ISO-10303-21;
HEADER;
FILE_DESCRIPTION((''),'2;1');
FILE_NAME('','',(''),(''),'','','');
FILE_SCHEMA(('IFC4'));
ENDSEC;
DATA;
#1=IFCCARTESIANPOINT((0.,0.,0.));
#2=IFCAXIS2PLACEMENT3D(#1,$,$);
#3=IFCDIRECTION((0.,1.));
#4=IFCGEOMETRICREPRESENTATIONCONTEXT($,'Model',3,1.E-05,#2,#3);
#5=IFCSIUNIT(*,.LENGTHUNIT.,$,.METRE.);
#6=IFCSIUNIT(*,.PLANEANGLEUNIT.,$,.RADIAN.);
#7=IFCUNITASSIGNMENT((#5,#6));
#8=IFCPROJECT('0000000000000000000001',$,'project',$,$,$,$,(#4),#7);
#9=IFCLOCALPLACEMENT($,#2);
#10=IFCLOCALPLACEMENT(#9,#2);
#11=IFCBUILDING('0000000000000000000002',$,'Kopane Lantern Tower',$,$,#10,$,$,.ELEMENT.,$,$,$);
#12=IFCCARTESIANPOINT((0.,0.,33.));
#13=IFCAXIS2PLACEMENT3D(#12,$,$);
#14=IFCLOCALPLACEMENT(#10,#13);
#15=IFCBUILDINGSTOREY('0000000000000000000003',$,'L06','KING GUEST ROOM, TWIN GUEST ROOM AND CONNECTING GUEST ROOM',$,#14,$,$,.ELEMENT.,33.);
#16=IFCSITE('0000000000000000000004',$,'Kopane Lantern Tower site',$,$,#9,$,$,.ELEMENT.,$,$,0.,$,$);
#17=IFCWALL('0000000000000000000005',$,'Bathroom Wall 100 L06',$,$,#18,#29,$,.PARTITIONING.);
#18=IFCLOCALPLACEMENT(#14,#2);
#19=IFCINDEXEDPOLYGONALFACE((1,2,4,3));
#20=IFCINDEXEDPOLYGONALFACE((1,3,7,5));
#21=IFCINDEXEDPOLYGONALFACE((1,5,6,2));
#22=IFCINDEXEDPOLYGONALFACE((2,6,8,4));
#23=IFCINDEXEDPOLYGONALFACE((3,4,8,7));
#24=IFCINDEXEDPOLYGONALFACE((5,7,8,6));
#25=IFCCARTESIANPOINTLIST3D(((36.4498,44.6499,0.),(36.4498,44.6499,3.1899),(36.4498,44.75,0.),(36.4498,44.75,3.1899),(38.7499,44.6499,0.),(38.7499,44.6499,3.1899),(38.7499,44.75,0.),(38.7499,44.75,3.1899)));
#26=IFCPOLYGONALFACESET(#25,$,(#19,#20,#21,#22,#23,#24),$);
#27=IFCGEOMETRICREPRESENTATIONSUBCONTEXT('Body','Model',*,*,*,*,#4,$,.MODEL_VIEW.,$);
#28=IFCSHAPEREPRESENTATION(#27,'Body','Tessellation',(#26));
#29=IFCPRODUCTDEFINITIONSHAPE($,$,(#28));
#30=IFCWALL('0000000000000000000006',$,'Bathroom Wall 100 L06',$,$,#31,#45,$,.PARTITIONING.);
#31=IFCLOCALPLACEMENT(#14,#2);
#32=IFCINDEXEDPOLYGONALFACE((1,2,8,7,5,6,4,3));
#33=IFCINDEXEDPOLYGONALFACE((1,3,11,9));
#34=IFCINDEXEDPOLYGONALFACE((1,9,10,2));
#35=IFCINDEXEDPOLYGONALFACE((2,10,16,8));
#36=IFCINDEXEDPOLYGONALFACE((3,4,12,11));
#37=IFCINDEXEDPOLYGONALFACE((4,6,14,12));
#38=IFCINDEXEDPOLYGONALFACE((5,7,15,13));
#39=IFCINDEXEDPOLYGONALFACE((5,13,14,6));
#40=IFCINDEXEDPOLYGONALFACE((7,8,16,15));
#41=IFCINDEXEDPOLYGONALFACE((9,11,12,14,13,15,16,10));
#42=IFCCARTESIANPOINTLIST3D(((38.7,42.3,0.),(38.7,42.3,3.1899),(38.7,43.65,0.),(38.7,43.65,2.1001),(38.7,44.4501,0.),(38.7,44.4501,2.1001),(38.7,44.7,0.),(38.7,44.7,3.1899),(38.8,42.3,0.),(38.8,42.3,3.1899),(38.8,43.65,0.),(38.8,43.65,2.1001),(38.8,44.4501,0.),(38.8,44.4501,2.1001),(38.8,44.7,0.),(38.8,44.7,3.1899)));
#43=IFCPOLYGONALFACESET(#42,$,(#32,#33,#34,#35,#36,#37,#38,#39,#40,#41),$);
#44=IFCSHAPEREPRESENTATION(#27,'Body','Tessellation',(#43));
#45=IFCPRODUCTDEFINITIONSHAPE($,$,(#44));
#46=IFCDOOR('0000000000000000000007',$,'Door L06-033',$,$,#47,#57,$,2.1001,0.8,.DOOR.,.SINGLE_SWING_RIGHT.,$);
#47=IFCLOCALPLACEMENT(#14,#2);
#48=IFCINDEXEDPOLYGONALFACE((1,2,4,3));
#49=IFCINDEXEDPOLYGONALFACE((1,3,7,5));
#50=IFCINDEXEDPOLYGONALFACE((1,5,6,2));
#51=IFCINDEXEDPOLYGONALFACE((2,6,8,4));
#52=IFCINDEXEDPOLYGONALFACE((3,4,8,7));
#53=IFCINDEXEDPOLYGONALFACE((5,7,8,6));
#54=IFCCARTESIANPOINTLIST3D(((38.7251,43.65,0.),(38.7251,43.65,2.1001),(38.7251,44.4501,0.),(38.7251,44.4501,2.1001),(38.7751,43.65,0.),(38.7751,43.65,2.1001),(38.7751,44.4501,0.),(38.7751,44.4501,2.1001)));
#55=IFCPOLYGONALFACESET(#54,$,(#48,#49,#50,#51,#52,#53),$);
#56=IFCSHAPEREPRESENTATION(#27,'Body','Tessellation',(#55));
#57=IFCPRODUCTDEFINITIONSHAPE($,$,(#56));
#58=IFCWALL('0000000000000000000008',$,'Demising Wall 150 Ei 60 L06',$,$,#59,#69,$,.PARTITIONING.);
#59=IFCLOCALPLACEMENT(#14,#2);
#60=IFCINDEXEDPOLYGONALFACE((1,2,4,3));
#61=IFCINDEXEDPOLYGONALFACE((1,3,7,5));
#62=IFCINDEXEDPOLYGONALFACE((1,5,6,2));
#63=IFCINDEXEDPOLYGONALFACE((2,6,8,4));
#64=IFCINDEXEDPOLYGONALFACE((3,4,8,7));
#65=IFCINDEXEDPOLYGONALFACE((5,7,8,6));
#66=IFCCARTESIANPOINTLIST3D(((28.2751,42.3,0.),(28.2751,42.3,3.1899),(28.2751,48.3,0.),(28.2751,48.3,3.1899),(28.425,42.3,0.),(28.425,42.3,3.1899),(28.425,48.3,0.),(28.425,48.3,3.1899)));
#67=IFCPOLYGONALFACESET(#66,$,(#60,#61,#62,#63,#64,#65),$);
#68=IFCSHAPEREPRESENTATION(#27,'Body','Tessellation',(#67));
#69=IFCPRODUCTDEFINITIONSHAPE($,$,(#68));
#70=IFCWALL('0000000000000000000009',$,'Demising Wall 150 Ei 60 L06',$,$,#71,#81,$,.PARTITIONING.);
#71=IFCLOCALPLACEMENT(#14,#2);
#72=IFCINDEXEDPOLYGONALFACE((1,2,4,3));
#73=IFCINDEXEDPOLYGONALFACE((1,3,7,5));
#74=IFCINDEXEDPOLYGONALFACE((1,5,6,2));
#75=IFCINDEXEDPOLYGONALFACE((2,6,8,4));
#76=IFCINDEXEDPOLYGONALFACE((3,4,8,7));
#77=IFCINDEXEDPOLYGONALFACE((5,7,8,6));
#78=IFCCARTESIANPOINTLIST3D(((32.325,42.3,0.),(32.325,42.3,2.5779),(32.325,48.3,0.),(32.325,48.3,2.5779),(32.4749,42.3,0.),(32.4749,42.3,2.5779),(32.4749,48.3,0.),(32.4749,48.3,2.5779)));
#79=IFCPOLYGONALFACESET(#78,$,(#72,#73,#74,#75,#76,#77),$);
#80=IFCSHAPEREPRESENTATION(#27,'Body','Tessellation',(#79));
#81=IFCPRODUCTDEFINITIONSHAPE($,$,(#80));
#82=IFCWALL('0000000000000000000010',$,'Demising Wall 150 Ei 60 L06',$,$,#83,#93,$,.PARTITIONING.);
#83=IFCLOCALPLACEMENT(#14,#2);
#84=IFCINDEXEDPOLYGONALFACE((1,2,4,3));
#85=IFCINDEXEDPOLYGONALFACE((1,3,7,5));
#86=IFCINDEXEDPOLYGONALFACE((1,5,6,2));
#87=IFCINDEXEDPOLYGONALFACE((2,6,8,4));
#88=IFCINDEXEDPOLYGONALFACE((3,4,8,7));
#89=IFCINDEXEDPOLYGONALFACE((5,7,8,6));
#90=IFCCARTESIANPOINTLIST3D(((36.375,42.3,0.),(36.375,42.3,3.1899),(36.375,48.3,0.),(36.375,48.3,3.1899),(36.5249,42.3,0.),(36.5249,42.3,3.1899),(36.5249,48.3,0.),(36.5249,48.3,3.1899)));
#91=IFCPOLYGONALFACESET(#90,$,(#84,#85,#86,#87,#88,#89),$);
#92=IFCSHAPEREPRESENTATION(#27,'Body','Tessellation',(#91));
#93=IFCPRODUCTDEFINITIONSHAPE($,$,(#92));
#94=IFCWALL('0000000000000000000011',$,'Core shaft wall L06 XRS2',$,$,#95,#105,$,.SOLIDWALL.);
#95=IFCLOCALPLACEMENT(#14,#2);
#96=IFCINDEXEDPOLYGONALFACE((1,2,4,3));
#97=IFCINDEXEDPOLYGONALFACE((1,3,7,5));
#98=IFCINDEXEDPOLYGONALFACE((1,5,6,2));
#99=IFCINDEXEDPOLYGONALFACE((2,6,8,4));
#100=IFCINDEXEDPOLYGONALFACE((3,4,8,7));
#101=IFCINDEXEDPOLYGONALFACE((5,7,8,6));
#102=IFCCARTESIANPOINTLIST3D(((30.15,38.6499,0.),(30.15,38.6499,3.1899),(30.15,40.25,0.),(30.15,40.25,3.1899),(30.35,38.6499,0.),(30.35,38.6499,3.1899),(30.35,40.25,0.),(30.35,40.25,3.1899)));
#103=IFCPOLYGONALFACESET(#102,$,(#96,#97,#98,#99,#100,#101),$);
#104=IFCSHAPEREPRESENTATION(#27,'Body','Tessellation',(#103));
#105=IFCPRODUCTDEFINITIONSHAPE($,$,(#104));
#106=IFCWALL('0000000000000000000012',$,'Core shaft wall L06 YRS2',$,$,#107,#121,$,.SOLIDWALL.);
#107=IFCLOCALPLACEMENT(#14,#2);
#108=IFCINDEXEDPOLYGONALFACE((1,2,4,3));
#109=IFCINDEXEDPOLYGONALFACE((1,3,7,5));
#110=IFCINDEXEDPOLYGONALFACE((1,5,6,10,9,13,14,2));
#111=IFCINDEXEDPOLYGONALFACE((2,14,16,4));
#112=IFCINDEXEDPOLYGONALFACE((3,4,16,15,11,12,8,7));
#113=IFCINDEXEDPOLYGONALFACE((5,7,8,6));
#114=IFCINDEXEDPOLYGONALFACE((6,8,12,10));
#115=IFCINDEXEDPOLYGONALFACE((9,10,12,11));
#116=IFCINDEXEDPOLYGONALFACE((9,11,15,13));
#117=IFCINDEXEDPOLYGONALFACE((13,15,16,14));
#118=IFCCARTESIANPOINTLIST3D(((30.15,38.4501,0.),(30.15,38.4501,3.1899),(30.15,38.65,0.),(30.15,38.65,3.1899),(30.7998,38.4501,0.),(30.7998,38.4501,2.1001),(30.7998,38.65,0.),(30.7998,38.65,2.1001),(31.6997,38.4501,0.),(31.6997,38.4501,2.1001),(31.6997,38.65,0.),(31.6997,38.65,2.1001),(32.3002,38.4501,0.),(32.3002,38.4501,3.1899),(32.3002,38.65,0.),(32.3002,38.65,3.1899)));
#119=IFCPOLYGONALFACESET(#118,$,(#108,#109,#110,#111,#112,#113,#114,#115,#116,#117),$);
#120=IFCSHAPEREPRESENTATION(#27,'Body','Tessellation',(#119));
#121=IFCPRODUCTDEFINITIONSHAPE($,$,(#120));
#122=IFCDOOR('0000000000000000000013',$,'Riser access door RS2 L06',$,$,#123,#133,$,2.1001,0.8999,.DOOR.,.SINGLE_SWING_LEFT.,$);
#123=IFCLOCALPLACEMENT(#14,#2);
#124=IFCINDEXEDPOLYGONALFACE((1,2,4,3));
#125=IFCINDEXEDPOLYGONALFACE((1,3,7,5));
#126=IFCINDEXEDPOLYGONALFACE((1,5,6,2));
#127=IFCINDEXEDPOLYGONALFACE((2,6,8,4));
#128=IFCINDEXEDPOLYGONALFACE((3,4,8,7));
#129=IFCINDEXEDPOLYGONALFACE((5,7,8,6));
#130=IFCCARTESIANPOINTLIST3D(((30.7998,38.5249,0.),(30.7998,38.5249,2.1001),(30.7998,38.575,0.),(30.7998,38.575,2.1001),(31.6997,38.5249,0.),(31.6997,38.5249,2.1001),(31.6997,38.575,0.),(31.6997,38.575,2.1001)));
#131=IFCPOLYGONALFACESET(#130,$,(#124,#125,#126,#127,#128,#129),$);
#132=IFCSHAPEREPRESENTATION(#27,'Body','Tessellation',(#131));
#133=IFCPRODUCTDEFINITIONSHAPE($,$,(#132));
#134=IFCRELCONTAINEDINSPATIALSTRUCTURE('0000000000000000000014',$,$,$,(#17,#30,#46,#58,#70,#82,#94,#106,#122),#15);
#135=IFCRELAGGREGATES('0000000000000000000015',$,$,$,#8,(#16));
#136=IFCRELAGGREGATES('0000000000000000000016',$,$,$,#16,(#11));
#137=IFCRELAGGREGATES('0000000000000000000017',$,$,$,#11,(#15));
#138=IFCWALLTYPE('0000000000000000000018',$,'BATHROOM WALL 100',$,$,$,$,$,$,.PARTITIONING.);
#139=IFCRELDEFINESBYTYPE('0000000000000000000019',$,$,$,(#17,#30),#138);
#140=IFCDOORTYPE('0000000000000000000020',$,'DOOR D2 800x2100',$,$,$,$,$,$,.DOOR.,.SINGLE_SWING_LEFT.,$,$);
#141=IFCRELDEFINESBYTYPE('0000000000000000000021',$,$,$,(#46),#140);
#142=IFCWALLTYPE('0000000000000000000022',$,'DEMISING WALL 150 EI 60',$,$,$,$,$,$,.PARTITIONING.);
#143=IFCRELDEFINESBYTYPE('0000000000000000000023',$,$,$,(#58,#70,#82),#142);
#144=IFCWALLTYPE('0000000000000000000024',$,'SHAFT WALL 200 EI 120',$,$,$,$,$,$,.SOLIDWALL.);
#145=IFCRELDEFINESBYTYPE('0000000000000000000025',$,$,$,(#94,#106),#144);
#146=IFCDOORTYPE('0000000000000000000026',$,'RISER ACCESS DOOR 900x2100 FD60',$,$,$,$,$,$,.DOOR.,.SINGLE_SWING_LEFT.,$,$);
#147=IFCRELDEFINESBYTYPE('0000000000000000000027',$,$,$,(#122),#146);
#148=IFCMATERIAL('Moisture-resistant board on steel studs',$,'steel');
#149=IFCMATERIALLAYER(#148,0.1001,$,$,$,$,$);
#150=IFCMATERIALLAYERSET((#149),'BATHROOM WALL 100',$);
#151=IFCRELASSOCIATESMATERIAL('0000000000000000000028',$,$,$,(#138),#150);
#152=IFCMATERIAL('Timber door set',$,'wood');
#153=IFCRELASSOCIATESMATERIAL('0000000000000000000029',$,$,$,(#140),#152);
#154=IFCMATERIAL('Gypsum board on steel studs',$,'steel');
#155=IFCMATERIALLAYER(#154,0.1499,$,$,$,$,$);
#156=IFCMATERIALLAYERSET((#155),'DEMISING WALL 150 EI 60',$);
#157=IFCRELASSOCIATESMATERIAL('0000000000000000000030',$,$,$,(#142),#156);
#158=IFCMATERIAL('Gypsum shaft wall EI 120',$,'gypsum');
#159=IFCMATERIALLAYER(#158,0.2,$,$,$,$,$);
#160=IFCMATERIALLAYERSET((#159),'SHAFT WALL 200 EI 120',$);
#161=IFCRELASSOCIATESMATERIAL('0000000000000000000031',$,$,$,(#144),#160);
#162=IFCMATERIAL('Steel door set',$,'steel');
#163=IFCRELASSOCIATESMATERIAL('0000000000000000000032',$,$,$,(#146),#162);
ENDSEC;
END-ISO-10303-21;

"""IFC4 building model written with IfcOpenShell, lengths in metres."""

from ifc_helpers import new_model, si_unit, direction, frame, frame_2d, origin, place, context, subcontext, project, spatial, rectangle, extrude, material, layer, layer_set, type_object, element, fill, save


model = new_model("IFC4")

# Units and contexts
model_context = context("Model", 3, precision=1e-05, world=origin(), true_north=direction((0.0, 1.0)))
body_context = subcontext(model_context, "Body", "Model", "MODEL_VIEW")
ifc_project = project(units=[si_unit("LENGTHUNIT", "METRE"), si_unit("PLANEANGLEUNIT", "RADIAN")], contexts=[model_context])

# Site, building, storey
site_placement = place(None, origin())
site = spatial("IfcSite", under=ifc_project, at=site_placement, Name="Kopane Lantern Tower site", CompositionType="ELEMENT", RefElevation=0.0)
building_placement = place(site_placement, origin())
building = spatial("IfcBuilding", under=site, at=building_placement, Name="Kopane Lantern Tower", CompositionType="ELEMENT")
storey_placement = place(building_placement, frame((0.0, 0.0, 33.0)))
storey = spatial("IfcBuildingStorey", under=building, at=storey_placement, Name="L06", Description="KING GUEST ROOM, TWIN GUEST ROOM AND CONNECTING GUEST ROOM", CompositionType="ELEMENT", Elevation=33.0)

# Shared definitions
ifc_material_1 = material(Name="Moisture-resistant board on steel studs", Category="steel")
ifc_layer_1 = layer(ifc_material_1, 0.1001)
ifc_layer_set_1 = layer_set([ifc_layer_1], Name="BATHROOM WALL 100")
wall_type_1 = type_object("IfcWallType", Name="BATHROOM WALL 100", PredefinedType="PARTITIONING", material=ifc_layer_set_1)
ifc_material_2 = material(Name="Timber door set", Category="wood")
door_type_1 = type_object("IfcDoorType", Name="DOOR D2 800x2100", OperationType="SINGLE_SWING_LEFT", PredefinedType="DOOR", material=ifc_material_2)

# Wall
wall_1_placement = place(storey_placement, frame((36.45, 44.7, 0.0), z_axis=(0.0, 0.0, 1.0), x_axis=(1.0, 0.0, 0.0)))
element("IfcWall", 1, at=wall_1_placement, inside=storey, type_object=wall_type_1, Name="Bathroom Wall 100 L06", PredefinedType="PARTITIONING", context=body_context, shape_type="SweptSolid", body=[
    extrude(rectangle(XDim=2.3, YDim=0.1001, at=frame_2d((1.1499, 0.0))), origin(), (0.0, 0.0, 1.0), 3.1899),
])

# Wall, opening, door
wall_2_placement = place(storey_placement, frame((38.75, 42.3, 0.0), z_axis=(0.0, 0.0, 1.0), x_axis=(0.0, 1.0, 0.0)))
wall_2 = element("IfcWall", 2, at=wall_2_placement, inside=storey, type_object=wall_type_1, Name="Bathroom Wall 100 L06", PredefinedType="PARTITIONING", context=body_context, shape_type="SweptSolid", body=[
    extrude(rectangle(XDim=2.3999, YDim=0.1001, at=frame_2d((1.2, 0.0))), origin(), (0.0, 0.0, 1.0), 3.1899),
])
opening_1_placement = place(wall_2_placement, frame((1.3501, 0.0, 0.0)))
opening_1 = element("IfcOpeningElement", 3, at=opening_1_placement, cuts=wall_2, PredefinedType="OPENING", context=body_context, shape_type="SweptSolid", body=[
    extrude(rectangle(XDim=0.8, YDim=2.1001, at=frame_2d((0.3999, 1.05))), frame((0.0, 0.0601, 0.0), z_axis=(0.0, -1.0, 0.0), x_axis=(1.0, 0.0, 0.0)), (0.0, 0.0, 1.0), 0.1201),
])
door_1_placement = place(opening_1_placement, origin())
door_1 = element("IfcDoor", 4, at=door_1_placement, inside=storey, type_object=door_type_1, Name="Door L06-033", OperationType="SINGLE_SWING_RIGHT", OverallHeight=2.1001, OverallWidth=0.8, PredefinedType="DOOR", context=body_context, shape_type="SweptSolid", body=[
    extrude(rectangle(XDim=0.8, YDim=2.1001, at=frame_2d((0.3999, 1.05))), frame((0.0, 0.0249, 0.0), z_axis=(0.0, -1.0, 0.0), x_axis=(1.0, 0.0, 0.0)), (0.0, 0.0, 1.0), 0.05),
])
fill(opening_1, door_1)

# Walls
ifc_material_3 = material(Name="Gypsum board on steel studs", Category="steel")
ifc_layer_2 = layer(ifc_material_3, 0.1499)
ifc_layer_set_2 = layer_set([ifc_layer_2], Name="DEMISING WALL 150 EI 60")
wall_type_2 = type_object("IfcWallType", Name="DEMISING WALL 150 EI 60", PredefinedType="PARTITIONING", material=ifc_layer_set_2)
wall_3_placement = place(storey_placement, frame((28.3501, 42.3, 0.0), z_axis=(0.0, 0.0, 1.0), x_axis=(0.0, 1.0, 0.0)))
element("IfcWall", 5, at=wall_3_placement, inside=storey, type_object=wall_type_2, Name="Demising Wall 150 Ei 60 L06", PredefinedType="PARTITIONING", context=body_context, shape_type="SweptSolid", body=[
    extrude(rectangle(XDim=6.0, YDim=0.1499, at=frame_2d((3.0, 0.0))), origin(), (0.0, 0.0, 1.0), 3.1899),
])
wall_4_placement = place(storey_placement, frame((32.3999, 42.3, 0.0), z_axis=(0.0, 0.0, 1.0), x_axis=(0.0, 1.0, 0.0)))
element("IfcWall", 6, at=wall_4_placement, inside=storey, type_object=wall_type_2, Name="Demising Wall 150 Ei 60 L06", PredefinedType="PARTITIONING", context=body_context, shape_type="SweptSolid", body=[
    extrude(rectangle(XDim=6.0, YDim=0.1499, at=frame_2d((3.0, 0.0))), origin(), (0.0, 0.0, 1.0), 2.5779),
])
wall_5_placement = place(storey_placement, frame((36.45, 42.3, 0.0), z_axis=(0.0, 0.0, 1.0), x_axis=(0.0, 1.0, 0.0)))
element("IfcWall", 7, at=wall_5_placement, inside=storey, type_object=wall_type_2, Name="Demising Wall 150 Ei 60 L06", PredefinedType="PARTITIONING", context=body_context, shape_type="SweptSolid", body=[
    extrude(rectangle(XDim=6.0, YDim=0.1499, at=frame_2d((3.0, 0.0))), origin(), (0.0, 0.0, 1.0), 3.1899),
])
ifc_material_4 = material(Name="Gypsum shaft wall EI 120", Category="gypsum")
ifc_layer_3 = layer(ifc_material_4, 0.2)
ifc_layer_set_3 = layer_set([ifc_layer_3], Name="SHAFT WALL 200 EI 120")
wall_type_3 = type_object("IfcWallType", Name="SHAFT WALL 200 EI 120", PredefinedType="SOLIDWALL", material=ifc_layer_set_3)
wall_6_placement = place(storey_placement, frame((30.25, 38.6499, 0.0), z_axis=(0.0, 0.0, 1.0), x_axis=(0.0, 1.0, 0.0)))
element("IfcWall", 8, at=wall_6_placement, inside=storey, type_object=wall_type_3, Name="Core shaft wall L06 XRS2", PredefinedType="SOLIDWALL", context=body_context, shape_type="SweptSolid", body=[
    extrude(rectangle(XDim=1.6001, YDim=0.2, at=frame_2d((0.8, 0.0))), origin(), (0.0, 0.0, 1.0), 3.1899),
])

# Wall, opening, door
wall_7_placement = place(storey_placement, frame((30.1499, 38.55, 0.0), z_axis=(0.0, 0.0, 1.0), x_axis=(1.0, 0.0, 0.0)))
wall_7 = element("IfcWall", 9, at=wall_7_placement, inside=storey, type_object=wall_type_3, Name="Core shaft wall L06 YRS2", PredefinedType="SOLIDWALL", context=body_context, shape_type="SweptSolid", body=[
    extrude(rectangle(XDim=2.1501, YDim=0.2, at=frame_2d((1.0752, 0.0))), origin(), (0.0, 0.0, 1.0), 3.1899),
])
opening_2_placement = place(wall_7_placement, frame((0.6499, 0.0, 0.0)))
opening_2 = element("IfcOpeningElement", 10, at=opening_2_placement, cuts=wall_7, PredefinedType="OPENING", context=body_context, shape_type="SweptSolid", body=[
    extrude(rectangle(XDim=0.8999, YDim=2.1001, at=frame_2d((0.45, 1.05))), frame((0.0, 0.1099, 0.0), z_axis=(0.0, -1.0, 0.0), x_axis=(1.0, 0.0, 0.0)), (0.0, 0.0, 1.0), 0.22),
])
ifc_material_5 = material(Name="Steel door set", Category="steel")
door_type_2 = type_object("IfcDoorType", Name="RISER ACCESS DOOR 900x2100 FD60", OperationType="SINGLE_SWING_LEFT", PredefinedType="DOOR", material=ifc_material_5)
door_2_placement = place(opening_2_placement, origin())
door_2 = element("IfcDoor", 11, at=door_2_placement, inside=storey, type_object=door_type_2, Name="Riser access door RS2 L06", OperationType="SINGLE_SWING_LEFT", OverallHeight=2.1001, OverallWidth=0.8999, PredefinedType="DOOR", context=body_context, shape_type="SweptSolid", body=[
    extrude(rectangle(XDim=0.8999, YDim=2.1001, at=frame_2d((0.45, 1.05))), frame((0.0, 0.0249, 0.0), z_axis=(0.0, -1.0, 0.0), x_axis=(1.0, 0.0, 0.0)), (0.0, 0.0, 1.0), 0.05),
])
fill(opening_2, door_2)

save(model, "model.ifc")
